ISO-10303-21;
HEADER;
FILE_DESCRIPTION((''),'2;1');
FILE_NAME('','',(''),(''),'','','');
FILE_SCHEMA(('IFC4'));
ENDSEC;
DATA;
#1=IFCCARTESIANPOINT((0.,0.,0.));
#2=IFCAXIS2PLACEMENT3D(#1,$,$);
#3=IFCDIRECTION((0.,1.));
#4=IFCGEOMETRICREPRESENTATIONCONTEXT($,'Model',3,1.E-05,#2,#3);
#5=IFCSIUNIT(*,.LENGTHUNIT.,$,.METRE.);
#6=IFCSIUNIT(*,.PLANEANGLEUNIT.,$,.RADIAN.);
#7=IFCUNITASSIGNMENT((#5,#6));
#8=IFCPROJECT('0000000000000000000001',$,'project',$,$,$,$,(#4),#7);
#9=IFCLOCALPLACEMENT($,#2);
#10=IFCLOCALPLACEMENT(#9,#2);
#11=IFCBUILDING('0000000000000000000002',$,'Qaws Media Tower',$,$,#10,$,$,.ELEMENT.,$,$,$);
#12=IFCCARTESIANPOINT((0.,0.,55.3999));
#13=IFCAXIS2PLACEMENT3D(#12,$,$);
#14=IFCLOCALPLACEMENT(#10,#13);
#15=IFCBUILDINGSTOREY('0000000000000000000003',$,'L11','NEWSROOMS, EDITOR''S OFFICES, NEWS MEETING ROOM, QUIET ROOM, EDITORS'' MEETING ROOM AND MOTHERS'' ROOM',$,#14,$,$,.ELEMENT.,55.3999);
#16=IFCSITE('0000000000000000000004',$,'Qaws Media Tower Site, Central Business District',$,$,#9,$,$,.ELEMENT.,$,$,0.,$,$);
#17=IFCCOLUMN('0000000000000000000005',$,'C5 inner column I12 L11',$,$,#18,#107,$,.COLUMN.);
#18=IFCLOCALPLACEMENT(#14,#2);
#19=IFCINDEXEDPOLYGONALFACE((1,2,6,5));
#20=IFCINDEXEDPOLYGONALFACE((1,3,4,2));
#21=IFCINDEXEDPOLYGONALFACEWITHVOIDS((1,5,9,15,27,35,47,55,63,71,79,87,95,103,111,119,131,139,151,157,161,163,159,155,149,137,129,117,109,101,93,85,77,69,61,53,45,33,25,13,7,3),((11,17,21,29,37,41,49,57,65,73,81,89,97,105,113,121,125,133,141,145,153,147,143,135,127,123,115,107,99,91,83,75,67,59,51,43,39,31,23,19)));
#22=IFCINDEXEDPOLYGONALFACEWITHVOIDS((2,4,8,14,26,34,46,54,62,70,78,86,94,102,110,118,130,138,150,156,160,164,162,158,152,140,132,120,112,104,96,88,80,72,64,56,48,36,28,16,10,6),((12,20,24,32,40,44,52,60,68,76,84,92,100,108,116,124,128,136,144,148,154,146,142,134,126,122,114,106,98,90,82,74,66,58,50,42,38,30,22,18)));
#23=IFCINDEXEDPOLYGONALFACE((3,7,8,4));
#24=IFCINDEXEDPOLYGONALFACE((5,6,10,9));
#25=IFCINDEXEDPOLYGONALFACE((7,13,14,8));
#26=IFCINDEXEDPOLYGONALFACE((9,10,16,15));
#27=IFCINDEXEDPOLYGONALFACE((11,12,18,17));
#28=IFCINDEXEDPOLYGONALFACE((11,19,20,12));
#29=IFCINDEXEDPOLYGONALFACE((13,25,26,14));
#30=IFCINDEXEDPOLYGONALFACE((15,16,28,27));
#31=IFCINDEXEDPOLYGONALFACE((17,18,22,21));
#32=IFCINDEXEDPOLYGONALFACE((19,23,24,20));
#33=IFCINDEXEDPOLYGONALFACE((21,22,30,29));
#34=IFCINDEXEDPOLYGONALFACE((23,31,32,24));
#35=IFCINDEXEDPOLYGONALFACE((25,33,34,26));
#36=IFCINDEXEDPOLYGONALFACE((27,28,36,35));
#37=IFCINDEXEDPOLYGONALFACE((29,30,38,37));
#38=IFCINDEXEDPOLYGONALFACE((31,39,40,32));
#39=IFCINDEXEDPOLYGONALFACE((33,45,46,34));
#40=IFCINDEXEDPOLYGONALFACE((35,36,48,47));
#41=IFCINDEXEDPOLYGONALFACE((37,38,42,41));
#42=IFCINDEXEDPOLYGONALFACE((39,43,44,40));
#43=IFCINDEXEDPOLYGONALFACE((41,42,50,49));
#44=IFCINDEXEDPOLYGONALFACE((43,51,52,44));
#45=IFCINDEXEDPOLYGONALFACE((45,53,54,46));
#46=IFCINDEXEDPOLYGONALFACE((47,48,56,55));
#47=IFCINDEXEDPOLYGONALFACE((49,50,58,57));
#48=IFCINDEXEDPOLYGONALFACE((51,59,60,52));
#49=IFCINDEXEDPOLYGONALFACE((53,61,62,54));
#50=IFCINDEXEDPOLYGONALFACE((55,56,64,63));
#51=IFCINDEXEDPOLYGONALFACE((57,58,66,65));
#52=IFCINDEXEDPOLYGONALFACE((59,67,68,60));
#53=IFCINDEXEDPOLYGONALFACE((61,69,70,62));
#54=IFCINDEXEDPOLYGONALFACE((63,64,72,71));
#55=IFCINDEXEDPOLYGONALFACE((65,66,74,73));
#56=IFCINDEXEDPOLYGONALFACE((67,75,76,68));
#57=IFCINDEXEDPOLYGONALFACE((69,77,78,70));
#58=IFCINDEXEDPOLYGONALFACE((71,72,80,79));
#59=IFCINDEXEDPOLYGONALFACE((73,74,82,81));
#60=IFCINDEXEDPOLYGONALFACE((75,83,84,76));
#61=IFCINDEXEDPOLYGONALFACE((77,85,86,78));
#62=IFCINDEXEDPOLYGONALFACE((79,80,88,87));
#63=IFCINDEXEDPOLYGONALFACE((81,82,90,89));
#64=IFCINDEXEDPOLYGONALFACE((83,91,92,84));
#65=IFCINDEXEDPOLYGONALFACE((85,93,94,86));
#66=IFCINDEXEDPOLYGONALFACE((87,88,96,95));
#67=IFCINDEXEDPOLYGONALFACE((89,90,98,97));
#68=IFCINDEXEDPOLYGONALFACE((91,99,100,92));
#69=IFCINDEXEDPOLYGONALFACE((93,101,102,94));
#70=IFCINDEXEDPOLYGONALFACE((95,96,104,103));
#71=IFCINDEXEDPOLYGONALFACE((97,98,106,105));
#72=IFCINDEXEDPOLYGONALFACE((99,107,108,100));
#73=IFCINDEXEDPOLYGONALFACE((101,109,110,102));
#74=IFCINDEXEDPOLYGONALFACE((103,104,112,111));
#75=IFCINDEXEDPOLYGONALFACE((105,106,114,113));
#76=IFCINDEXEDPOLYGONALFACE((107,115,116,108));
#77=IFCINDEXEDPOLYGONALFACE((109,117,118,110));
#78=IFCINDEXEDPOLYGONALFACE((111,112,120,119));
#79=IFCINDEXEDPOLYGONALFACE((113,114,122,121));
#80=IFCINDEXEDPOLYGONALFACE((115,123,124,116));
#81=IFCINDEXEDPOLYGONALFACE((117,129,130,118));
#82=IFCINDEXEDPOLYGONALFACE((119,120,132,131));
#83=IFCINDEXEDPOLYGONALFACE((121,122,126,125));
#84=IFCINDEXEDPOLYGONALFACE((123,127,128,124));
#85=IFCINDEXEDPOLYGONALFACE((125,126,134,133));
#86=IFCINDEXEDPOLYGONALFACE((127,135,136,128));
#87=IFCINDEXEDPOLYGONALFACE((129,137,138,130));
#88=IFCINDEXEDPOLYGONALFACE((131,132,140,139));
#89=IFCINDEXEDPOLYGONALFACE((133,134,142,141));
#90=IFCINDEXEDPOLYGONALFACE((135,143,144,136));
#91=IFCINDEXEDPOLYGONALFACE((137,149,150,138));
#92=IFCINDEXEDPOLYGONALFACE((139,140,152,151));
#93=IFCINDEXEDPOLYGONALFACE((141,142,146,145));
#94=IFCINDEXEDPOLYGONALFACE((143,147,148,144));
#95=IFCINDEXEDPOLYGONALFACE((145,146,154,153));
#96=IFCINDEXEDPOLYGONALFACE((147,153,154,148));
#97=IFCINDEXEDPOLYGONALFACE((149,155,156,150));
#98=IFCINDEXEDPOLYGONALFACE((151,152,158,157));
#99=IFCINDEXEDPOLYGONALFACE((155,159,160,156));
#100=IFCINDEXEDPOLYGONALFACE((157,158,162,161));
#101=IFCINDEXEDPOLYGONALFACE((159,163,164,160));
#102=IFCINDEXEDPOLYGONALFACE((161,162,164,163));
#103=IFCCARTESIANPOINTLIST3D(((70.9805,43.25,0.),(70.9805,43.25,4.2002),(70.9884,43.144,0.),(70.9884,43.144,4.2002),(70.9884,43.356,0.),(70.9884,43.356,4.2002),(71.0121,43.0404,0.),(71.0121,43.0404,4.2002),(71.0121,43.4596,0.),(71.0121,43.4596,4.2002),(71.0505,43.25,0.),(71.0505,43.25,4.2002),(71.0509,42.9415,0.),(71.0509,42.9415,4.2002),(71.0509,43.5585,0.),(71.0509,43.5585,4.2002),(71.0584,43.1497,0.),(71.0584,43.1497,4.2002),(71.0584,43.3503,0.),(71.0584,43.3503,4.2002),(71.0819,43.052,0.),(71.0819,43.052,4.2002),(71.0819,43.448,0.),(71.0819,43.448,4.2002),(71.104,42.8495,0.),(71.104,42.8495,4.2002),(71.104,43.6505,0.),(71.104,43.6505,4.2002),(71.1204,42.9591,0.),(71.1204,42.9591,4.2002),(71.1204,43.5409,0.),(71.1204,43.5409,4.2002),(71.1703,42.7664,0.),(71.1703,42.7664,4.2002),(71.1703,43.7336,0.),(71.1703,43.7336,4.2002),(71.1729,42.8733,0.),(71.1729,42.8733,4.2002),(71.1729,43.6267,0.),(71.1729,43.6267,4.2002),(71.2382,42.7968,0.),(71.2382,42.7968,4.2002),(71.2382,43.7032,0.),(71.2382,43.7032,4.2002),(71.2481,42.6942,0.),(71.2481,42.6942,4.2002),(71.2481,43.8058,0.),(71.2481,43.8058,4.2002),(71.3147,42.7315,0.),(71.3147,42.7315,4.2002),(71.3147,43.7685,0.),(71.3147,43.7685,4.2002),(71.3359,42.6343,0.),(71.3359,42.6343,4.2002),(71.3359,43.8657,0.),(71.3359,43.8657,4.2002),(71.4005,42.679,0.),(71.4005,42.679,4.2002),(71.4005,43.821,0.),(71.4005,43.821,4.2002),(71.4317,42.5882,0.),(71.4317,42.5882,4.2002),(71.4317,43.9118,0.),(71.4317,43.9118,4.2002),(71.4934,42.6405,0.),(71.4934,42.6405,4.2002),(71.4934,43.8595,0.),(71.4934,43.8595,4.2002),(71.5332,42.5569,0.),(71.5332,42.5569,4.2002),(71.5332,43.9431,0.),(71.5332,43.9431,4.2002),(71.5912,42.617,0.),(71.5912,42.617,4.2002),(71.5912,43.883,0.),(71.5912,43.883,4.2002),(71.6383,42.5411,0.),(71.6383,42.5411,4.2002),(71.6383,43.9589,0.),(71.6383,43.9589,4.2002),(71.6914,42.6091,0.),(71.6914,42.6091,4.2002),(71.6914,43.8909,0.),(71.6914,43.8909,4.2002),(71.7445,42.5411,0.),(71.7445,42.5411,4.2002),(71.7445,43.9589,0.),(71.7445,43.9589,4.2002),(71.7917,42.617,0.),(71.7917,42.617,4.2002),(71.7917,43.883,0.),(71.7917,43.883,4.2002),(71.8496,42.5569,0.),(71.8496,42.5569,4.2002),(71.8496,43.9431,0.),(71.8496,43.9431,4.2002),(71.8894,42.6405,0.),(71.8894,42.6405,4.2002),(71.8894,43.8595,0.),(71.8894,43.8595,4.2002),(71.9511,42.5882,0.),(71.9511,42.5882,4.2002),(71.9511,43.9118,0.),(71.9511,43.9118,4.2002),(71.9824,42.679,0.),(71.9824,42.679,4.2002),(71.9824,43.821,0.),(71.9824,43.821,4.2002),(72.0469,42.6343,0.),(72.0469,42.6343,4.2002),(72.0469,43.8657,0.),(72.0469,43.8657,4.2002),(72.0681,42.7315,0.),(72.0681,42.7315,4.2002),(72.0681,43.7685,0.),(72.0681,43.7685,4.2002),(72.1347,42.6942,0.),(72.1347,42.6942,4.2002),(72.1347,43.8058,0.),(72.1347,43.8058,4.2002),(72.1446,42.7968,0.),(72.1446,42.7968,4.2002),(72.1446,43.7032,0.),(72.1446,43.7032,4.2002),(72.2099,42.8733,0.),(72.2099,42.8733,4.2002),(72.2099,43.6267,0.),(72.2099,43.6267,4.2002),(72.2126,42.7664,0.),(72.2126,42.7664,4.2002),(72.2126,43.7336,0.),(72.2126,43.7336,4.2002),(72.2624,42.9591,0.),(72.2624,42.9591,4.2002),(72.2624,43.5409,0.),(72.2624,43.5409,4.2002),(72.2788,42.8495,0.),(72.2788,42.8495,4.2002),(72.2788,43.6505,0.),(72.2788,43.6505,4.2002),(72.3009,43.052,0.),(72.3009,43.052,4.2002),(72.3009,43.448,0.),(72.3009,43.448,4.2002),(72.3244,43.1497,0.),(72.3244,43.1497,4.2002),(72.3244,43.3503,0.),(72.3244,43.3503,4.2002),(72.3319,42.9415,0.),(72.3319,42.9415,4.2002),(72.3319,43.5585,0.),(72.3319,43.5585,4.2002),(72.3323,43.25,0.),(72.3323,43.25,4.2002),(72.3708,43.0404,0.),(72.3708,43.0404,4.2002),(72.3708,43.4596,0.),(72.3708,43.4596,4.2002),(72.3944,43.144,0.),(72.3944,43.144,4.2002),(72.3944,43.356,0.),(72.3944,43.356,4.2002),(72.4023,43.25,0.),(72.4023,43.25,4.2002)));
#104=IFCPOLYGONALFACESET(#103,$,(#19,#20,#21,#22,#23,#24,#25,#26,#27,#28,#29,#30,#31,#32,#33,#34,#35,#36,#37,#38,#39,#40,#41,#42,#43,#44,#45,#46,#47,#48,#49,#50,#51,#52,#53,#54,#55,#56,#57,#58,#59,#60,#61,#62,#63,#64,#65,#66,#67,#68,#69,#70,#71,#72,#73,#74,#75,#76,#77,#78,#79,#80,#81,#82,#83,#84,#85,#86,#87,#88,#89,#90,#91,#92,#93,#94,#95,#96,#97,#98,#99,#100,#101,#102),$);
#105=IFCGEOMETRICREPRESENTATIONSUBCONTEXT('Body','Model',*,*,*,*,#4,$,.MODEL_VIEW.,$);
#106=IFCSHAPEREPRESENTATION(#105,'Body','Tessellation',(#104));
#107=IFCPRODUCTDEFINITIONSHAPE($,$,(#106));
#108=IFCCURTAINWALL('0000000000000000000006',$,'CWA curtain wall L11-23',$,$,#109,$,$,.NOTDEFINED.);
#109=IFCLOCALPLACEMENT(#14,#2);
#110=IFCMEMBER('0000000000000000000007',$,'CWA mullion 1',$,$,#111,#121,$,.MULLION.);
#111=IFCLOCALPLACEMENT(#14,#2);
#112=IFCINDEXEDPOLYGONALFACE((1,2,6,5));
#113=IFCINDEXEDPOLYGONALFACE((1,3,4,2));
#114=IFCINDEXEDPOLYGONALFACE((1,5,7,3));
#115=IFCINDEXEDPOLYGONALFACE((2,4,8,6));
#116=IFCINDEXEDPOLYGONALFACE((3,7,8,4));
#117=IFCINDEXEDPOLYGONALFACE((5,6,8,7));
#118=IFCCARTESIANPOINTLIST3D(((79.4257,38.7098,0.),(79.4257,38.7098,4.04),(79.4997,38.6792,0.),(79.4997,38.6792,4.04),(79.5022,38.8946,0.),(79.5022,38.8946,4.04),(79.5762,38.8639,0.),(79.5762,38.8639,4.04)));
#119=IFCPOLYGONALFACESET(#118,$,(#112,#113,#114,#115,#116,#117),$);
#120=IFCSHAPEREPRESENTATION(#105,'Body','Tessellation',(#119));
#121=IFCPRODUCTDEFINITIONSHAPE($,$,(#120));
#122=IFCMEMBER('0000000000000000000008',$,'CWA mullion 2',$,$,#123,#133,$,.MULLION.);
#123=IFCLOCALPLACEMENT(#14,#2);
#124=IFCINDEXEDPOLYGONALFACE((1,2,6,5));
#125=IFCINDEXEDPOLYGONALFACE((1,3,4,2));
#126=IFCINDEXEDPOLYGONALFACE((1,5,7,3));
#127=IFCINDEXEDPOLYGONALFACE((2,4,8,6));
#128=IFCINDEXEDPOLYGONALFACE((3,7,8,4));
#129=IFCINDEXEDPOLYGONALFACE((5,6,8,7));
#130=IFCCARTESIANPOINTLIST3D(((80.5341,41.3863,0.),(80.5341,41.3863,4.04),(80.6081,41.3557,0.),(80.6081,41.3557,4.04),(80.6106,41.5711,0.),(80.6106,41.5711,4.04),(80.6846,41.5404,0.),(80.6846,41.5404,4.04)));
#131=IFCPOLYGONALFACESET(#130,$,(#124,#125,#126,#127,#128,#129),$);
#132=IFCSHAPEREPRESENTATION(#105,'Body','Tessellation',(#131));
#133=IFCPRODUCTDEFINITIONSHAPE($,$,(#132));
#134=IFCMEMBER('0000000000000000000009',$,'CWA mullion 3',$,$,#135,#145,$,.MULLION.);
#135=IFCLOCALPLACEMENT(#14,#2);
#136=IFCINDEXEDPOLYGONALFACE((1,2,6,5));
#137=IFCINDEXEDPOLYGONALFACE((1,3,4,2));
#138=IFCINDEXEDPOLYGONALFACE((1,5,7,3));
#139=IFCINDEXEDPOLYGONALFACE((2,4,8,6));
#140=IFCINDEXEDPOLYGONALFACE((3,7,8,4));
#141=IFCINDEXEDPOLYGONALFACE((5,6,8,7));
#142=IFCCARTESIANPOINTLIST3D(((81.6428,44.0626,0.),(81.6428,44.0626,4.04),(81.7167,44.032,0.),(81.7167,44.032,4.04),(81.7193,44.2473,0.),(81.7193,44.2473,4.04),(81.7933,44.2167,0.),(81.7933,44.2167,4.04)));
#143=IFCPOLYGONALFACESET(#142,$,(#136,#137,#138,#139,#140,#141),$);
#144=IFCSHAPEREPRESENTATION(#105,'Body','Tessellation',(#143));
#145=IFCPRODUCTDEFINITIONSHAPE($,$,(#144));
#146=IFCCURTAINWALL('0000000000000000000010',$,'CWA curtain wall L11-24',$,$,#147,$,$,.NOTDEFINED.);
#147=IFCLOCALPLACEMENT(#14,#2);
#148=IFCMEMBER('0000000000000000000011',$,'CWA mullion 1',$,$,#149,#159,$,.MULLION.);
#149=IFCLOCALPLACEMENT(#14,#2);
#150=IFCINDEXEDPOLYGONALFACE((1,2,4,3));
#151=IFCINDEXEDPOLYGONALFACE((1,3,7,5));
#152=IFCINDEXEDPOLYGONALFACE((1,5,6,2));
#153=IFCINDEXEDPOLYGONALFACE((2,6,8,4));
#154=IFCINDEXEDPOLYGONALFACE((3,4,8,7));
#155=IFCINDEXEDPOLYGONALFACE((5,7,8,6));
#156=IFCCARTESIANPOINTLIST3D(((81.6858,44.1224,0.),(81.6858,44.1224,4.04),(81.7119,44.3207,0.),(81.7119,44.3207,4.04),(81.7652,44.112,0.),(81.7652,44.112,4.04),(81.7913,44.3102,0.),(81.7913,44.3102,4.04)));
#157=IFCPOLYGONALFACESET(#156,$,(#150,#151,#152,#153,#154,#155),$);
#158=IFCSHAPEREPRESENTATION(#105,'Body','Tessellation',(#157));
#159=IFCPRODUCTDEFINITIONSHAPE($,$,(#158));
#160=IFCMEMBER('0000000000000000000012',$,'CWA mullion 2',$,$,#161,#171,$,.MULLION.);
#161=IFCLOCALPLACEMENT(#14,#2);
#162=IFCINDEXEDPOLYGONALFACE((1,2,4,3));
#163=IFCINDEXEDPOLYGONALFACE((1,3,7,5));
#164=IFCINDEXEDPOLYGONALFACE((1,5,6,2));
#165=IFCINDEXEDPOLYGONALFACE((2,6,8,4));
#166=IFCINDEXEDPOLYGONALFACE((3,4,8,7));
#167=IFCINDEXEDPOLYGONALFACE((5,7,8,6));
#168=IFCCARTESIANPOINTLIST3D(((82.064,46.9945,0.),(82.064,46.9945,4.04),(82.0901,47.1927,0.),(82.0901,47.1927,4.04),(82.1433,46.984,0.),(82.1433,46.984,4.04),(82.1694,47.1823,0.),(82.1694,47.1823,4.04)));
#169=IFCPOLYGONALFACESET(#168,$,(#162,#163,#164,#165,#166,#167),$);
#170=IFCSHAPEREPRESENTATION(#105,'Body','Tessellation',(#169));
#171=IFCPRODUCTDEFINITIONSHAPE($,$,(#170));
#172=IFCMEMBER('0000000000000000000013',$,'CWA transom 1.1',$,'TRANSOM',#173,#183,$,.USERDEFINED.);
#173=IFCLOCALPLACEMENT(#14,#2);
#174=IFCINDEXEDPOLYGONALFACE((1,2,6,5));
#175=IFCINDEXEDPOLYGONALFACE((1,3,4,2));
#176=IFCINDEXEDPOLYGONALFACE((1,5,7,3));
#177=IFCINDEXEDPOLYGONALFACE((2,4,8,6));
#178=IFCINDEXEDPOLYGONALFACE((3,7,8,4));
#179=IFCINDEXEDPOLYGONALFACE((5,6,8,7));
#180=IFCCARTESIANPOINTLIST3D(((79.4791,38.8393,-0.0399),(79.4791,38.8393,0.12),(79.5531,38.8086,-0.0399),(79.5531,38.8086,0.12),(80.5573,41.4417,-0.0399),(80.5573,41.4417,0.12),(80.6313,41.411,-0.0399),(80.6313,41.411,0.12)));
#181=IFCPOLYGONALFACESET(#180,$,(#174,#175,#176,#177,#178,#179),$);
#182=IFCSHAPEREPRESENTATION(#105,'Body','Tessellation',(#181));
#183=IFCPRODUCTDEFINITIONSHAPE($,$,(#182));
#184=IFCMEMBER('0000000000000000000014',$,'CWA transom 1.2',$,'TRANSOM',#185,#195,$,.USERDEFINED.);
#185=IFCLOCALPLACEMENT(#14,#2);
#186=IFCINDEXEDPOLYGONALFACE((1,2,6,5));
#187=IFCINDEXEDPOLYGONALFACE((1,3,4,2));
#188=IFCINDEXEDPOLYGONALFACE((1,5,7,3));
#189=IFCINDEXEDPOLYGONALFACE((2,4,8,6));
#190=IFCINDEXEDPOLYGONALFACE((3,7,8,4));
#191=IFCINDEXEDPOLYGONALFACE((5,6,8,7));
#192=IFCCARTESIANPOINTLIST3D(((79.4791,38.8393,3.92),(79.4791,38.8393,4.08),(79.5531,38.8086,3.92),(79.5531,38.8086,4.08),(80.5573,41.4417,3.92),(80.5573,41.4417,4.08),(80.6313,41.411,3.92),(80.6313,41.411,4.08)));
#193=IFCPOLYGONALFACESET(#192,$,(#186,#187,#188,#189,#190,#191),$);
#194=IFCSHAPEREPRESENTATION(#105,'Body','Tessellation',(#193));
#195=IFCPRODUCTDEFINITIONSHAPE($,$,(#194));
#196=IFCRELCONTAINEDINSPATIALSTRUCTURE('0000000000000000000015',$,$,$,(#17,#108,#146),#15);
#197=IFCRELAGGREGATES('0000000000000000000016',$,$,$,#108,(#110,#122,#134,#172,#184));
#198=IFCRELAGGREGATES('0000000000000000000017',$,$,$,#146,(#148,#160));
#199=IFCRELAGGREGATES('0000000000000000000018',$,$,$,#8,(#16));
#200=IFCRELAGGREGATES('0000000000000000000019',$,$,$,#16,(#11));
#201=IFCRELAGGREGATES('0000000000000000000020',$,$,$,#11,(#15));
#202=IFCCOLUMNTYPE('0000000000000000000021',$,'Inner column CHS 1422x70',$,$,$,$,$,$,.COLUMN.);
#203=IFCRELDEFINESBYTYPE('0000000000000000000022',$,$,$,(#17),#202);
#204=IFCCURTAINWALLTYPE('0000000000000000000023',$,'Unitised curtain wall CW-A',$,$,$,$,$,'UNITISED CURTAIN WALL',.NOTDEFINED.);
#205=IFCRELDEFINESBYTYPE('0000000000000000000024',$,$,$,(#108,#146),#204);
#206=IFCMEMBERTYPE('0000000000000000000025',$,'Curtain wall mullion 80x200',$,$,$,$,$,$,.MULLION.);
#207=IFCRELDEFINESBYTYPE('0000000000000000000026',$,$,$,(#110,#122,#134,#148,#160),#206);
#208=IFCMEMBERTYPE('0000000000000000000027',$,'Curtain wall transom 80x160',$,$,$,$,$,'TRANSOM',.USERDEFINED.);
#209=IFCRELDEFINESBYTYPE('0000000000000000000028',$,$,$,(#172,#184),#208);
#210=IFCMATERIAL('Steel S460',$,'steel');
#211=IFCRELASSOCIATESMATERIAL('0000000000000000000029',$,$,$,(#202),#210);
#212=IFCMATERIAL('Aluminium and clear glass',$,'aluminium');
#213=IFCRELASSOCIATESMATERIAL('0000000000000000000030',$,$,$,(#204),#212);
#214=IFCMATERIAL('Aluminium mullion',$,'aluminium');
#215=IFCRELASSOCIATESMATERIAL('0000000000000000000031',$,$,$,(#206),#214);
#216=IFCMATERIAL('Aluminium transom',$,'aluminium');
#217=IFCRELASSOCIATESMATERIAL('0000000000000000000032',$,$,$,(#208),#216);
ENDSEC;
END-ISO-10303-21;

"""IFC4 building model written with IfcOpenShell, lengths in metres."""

from ifc_helpers import new_model, si_unit, direction, frame, origin, origin_2d, place, context, subcontext, project, spatial, rectangle, hollow_circle, extrude, material, material_profile, profile_set, type_object, element, aggregate, save


model = new_model("IFC4")

# Units and contexts
model_context = context("Model", 3, precision=1e-05, world=origin(), true_north=direction((0.0, 1.0)))
body_context = subcontext(model_context, "Body", "Model", "MODEL_VIEW")
ifc_project = project(units=[si_unit("LENGTHUNIT", "METRE"), si_unit("PLANEANGLEUNIT", "RADIAN")], contexts=[model_context])

# Site, building, storey
site_placement = place(None, origin())
site = spatial("IfcSite", under=ifc_project, at=site_placement, Name="Qaws Media Tower Site, Central Business District", CompositionType="ELEMENT", RefElevation=0.0)
building_placement = place(site_placement, origin())
building = spatial("IfcBuilding", under=site, at=building_placement, Name="Qaws Media Tower", CompositionType="ELEMENT")
storey_placement = place(building_placement, frame((0.0, 0.0, 55.3999)))
storey = spatial("IfcBuildingStorey", under=building, at=storey_placement, Name="L11", Description="NEWSROOMS, EDITOR'S OFFICES, NEWS MEETING ROOM, QUIET ROOM, EDITORS' MEETING ROOM AND MOTHERS' ROOM", CompositionType="ELEMENT", Elevation=55.3999)

# Column
ifc_material_1 = material(Name="Steel S460", Category="steel")
ifc_material_profile_1 = material_profile(ifc_material_1, hollow_circle(Radius=0.7109, WallThickness=0.0701, at=origin_2d()), Name="CHS 1422x70")
ifc_profile_set_1 = profile_set([ifc_material_profile_1], Name="Steel S460")
column_type = type_object("IfcColumnType", Name="Inner column CHS 1422x70", PredefinedType="COLUMN", material=ifc_profile_set_1)
column_placement = place(storey_placement, frame((71.6914, 43.25, 0.0), z_axis=(0.0, 0.0, 1.0), x_axis=(1.0, 0.0, 0.0)))
element("IfcColumn", 1, at=column_placement, inside=storey, type_object=column_type, Name="C5 inner column I12 L11", PredefinedType="COLUMN", context=body_context, shape_type="SweptSolid", body=[
    extrude(hollow_circle(Radius=0.7109, WallThickness=0.0701, at=origin_2d()), origin(), (0.0, 0.0, 1.0), 4.2002),
])

# Curtain walls, members
ifc_material_2 = material(Name="Aluminium and clear glass", Category="aluminium")
curtain_wall_type = type_object("IfcCurtainWallType", Name="Unitised curtain wall CW-A", ElementType="UNITISED CURTAIN WALL", PredefinedType="NOTDEFINED", material=ifc_material_2)
curtain_wall_1_placement = place(storey_placement, origin())
curtain_wall_1 = element("IfcCurtainWall", 2, at=curtain_wall_1_placement, inside=storey, type_object=curtain_wall_type, Name="CWA curtain wall L11-23", PredefinedType="NOTDEFINED")
ifc_material_3 = material(Name="Aluminium mullion", Category="aluminium")
ifc_material_profile_2 = material_profile(ifc_material_3, rectangle(XDim=0.0801, YDim=0.2, at=origin_2d()), Name="80x200")
ifc_profile_set_2 = profile_set([ifc_material_profile_2], Name="Aluminium mullion")
member_type_1 = type_object("IfcMemberType", Name="Curtain wall mullion 80x200", PredefinedType="MULLION", material=ifc_profile_set_2)
member_1_placement = place(storey_placement, frame((79.501, 38.7869, 0.0), z_axis=(0.0, 0.0, 1.0), x_axis=(-0.92388, 0.382683, 0.0)))
member_1 = element("IfcMember", 3, at=member_1_placement, type_object=member_type_1, Name="CWA mullion 1", PredefinedType="MULLION", context=body_context, shape_type="SweptSolid", body=[
    extrude(rectangle(XDim=0.0801, YDim=0.2, at=origin_2d()), origin(), (0.0, 0.0, 1.0), 4.04),
])
member_2_placement = place(storey_placement, frame((80.6094, 41.4634, 0.0), z_axis=(0.0, 0.0, 1.0), x_axis=(-0.92388, 0.382683, 0.0)))
member_2 = element("IfcMember", 4, at=member_2_placement, type_object=member_type_1, Name="CWA mullion 2", PredefinedType="MULLION", context=body_context, shape_type="SweptSolid", body=[
    extrude(rectangle(XDim=0.0801, YDim=0.2, at=origin_2d()), origin(), (0.0, 0.0, 1.0), 4.04),
])
member_3_placement = place(storey_placement, frame((81.718, 44.1396, 0.0), z_axis=(0.0, 0.0, 1.0), x_axis=(-0.92388, 0.382683, 0.0)))
member_3 = element("IfcMember", 5, at=member_3_placement, type_object=member_type_1, Name="CWA mullion 3", PredefinedType="MULLION", context=body_context, shape_type="SweptSolid", body=[
    extrude(rectangle(XDim=0.0801, YDim=0.2, at=origin_2d()), origin(), (0.0, 0.0, 1.0), 4.04),
])
curtain_wall_2_placement = place(storey_placement, origin())
curtain_wall_2 = element("IfcCurtainWall", 6, at=curtain_wall_2_placement, inside=storey, type_object=curtain_wall_type, Name="CWA curtain wall L11-24", PredefinedType="NOTDEFINED")
member_4_placement = place(storey_placement, frame((81.7385, 44.2163, 0.0), z_axis=(0.0, 0.0, 1.0), x_axis=(-0.991445, 0.130526, 0.0)))
member_4 = element("IfcMember", 7, at=member_4_placement, type_object=member_type_1, Name="CWA mullion 1", PredefinedType="MULLION", context=body_context, shape_type="SweptSolid", body=[
    extrude(rectangle(XDim=0.0801, YDim=0.2, at=origin_2d()), origin(), (0.0, 0.0, 1.0), 4.04),
])
member_5_placement = place(storey_placement, frame((82.1167, 47.0884, 0.0), z_axis=(0.0, 0.0, 1.0), x_axis=(-0.991445, 0.130526, 0.0)))
member_5 = element("IfcMember", 8, at=member_5_placement, type_object=member_type_1, Name="CWA mullion 2", PredefinedType="MULLION", context=body_context, shape_type="SweptSolid", body=[
    extrude(rectangle(XDim=0.0801, YDim=0.2, at=origin_2d()), origin(), (0.0, 0.0, 1.0), 4.04),
])

# Members
ifc_material_4 = material(Name="Aluminium transom", Category="aluminium")
ifc_material_profile_3 = material_profile(ifc_material_4, rectangle(XDim=0.0801, YDim=0.1599, at=origin_2d()), Name="80x160")
ifc_profile_set_3 = profile_set([ifc_material_profile_3], Name="Aluminium transom")
member_type_2 = type_object("IfcMemberType", Name="Curtain wall transom 80x160", ElementType="TRANSOM", PredefinedType="USERDEFINED", material=ifc_profile_set_3)
member_6_placement = place(storey_placement, frame((79.5161, 38.824, 0.04), z_axis=(0.38275, 0.923852, 0.0), x_axis=(-0.923852, 0.38275, 0.0)))
member_6 = element("IfcMember", 9, at=member_6_placement, type_object=member_type_2, Name="CWA transom 1.1", ObjectType="TRANSOM", PredefinedType="USERDEFINED", context=body_context, shape_type="SweptSolid", body=[
    extrude(rectangle(XDim=0.0801, YDim=0.1599, at=origin_2d()), origin(), (0.0, 0.0, 1.0), 2.8169),
])
member_7_placement = place(storey_placement, frame((79.5161, 38.824, 4.0), z_axis=(0.38275, 0.923852, 0.0), x_axis=(-0.923852, 0.38275, 0.0)))
member_7 = element("IfcMember", 10, at=member_7_placement, type_object=member_type_2, Name="CWA transom 1.2", ObjectType="TRANSOM", PredefinedType="USERDEFINED", context=body_context, shape_type="SweptSolid", body=[
    extrude(rectangle(XDim=0.0801, YDim=0.1599, at=origin_2d()), origin(), (0.0, 0.0, 1.0), 2.8169),
])

aggregate(curtain_wall_1, [member_1, member_2, member_3, member_6, member_7])
aggregate(curtain_wall_2, [member_4, member_5])

save(model, "model.ifc")
